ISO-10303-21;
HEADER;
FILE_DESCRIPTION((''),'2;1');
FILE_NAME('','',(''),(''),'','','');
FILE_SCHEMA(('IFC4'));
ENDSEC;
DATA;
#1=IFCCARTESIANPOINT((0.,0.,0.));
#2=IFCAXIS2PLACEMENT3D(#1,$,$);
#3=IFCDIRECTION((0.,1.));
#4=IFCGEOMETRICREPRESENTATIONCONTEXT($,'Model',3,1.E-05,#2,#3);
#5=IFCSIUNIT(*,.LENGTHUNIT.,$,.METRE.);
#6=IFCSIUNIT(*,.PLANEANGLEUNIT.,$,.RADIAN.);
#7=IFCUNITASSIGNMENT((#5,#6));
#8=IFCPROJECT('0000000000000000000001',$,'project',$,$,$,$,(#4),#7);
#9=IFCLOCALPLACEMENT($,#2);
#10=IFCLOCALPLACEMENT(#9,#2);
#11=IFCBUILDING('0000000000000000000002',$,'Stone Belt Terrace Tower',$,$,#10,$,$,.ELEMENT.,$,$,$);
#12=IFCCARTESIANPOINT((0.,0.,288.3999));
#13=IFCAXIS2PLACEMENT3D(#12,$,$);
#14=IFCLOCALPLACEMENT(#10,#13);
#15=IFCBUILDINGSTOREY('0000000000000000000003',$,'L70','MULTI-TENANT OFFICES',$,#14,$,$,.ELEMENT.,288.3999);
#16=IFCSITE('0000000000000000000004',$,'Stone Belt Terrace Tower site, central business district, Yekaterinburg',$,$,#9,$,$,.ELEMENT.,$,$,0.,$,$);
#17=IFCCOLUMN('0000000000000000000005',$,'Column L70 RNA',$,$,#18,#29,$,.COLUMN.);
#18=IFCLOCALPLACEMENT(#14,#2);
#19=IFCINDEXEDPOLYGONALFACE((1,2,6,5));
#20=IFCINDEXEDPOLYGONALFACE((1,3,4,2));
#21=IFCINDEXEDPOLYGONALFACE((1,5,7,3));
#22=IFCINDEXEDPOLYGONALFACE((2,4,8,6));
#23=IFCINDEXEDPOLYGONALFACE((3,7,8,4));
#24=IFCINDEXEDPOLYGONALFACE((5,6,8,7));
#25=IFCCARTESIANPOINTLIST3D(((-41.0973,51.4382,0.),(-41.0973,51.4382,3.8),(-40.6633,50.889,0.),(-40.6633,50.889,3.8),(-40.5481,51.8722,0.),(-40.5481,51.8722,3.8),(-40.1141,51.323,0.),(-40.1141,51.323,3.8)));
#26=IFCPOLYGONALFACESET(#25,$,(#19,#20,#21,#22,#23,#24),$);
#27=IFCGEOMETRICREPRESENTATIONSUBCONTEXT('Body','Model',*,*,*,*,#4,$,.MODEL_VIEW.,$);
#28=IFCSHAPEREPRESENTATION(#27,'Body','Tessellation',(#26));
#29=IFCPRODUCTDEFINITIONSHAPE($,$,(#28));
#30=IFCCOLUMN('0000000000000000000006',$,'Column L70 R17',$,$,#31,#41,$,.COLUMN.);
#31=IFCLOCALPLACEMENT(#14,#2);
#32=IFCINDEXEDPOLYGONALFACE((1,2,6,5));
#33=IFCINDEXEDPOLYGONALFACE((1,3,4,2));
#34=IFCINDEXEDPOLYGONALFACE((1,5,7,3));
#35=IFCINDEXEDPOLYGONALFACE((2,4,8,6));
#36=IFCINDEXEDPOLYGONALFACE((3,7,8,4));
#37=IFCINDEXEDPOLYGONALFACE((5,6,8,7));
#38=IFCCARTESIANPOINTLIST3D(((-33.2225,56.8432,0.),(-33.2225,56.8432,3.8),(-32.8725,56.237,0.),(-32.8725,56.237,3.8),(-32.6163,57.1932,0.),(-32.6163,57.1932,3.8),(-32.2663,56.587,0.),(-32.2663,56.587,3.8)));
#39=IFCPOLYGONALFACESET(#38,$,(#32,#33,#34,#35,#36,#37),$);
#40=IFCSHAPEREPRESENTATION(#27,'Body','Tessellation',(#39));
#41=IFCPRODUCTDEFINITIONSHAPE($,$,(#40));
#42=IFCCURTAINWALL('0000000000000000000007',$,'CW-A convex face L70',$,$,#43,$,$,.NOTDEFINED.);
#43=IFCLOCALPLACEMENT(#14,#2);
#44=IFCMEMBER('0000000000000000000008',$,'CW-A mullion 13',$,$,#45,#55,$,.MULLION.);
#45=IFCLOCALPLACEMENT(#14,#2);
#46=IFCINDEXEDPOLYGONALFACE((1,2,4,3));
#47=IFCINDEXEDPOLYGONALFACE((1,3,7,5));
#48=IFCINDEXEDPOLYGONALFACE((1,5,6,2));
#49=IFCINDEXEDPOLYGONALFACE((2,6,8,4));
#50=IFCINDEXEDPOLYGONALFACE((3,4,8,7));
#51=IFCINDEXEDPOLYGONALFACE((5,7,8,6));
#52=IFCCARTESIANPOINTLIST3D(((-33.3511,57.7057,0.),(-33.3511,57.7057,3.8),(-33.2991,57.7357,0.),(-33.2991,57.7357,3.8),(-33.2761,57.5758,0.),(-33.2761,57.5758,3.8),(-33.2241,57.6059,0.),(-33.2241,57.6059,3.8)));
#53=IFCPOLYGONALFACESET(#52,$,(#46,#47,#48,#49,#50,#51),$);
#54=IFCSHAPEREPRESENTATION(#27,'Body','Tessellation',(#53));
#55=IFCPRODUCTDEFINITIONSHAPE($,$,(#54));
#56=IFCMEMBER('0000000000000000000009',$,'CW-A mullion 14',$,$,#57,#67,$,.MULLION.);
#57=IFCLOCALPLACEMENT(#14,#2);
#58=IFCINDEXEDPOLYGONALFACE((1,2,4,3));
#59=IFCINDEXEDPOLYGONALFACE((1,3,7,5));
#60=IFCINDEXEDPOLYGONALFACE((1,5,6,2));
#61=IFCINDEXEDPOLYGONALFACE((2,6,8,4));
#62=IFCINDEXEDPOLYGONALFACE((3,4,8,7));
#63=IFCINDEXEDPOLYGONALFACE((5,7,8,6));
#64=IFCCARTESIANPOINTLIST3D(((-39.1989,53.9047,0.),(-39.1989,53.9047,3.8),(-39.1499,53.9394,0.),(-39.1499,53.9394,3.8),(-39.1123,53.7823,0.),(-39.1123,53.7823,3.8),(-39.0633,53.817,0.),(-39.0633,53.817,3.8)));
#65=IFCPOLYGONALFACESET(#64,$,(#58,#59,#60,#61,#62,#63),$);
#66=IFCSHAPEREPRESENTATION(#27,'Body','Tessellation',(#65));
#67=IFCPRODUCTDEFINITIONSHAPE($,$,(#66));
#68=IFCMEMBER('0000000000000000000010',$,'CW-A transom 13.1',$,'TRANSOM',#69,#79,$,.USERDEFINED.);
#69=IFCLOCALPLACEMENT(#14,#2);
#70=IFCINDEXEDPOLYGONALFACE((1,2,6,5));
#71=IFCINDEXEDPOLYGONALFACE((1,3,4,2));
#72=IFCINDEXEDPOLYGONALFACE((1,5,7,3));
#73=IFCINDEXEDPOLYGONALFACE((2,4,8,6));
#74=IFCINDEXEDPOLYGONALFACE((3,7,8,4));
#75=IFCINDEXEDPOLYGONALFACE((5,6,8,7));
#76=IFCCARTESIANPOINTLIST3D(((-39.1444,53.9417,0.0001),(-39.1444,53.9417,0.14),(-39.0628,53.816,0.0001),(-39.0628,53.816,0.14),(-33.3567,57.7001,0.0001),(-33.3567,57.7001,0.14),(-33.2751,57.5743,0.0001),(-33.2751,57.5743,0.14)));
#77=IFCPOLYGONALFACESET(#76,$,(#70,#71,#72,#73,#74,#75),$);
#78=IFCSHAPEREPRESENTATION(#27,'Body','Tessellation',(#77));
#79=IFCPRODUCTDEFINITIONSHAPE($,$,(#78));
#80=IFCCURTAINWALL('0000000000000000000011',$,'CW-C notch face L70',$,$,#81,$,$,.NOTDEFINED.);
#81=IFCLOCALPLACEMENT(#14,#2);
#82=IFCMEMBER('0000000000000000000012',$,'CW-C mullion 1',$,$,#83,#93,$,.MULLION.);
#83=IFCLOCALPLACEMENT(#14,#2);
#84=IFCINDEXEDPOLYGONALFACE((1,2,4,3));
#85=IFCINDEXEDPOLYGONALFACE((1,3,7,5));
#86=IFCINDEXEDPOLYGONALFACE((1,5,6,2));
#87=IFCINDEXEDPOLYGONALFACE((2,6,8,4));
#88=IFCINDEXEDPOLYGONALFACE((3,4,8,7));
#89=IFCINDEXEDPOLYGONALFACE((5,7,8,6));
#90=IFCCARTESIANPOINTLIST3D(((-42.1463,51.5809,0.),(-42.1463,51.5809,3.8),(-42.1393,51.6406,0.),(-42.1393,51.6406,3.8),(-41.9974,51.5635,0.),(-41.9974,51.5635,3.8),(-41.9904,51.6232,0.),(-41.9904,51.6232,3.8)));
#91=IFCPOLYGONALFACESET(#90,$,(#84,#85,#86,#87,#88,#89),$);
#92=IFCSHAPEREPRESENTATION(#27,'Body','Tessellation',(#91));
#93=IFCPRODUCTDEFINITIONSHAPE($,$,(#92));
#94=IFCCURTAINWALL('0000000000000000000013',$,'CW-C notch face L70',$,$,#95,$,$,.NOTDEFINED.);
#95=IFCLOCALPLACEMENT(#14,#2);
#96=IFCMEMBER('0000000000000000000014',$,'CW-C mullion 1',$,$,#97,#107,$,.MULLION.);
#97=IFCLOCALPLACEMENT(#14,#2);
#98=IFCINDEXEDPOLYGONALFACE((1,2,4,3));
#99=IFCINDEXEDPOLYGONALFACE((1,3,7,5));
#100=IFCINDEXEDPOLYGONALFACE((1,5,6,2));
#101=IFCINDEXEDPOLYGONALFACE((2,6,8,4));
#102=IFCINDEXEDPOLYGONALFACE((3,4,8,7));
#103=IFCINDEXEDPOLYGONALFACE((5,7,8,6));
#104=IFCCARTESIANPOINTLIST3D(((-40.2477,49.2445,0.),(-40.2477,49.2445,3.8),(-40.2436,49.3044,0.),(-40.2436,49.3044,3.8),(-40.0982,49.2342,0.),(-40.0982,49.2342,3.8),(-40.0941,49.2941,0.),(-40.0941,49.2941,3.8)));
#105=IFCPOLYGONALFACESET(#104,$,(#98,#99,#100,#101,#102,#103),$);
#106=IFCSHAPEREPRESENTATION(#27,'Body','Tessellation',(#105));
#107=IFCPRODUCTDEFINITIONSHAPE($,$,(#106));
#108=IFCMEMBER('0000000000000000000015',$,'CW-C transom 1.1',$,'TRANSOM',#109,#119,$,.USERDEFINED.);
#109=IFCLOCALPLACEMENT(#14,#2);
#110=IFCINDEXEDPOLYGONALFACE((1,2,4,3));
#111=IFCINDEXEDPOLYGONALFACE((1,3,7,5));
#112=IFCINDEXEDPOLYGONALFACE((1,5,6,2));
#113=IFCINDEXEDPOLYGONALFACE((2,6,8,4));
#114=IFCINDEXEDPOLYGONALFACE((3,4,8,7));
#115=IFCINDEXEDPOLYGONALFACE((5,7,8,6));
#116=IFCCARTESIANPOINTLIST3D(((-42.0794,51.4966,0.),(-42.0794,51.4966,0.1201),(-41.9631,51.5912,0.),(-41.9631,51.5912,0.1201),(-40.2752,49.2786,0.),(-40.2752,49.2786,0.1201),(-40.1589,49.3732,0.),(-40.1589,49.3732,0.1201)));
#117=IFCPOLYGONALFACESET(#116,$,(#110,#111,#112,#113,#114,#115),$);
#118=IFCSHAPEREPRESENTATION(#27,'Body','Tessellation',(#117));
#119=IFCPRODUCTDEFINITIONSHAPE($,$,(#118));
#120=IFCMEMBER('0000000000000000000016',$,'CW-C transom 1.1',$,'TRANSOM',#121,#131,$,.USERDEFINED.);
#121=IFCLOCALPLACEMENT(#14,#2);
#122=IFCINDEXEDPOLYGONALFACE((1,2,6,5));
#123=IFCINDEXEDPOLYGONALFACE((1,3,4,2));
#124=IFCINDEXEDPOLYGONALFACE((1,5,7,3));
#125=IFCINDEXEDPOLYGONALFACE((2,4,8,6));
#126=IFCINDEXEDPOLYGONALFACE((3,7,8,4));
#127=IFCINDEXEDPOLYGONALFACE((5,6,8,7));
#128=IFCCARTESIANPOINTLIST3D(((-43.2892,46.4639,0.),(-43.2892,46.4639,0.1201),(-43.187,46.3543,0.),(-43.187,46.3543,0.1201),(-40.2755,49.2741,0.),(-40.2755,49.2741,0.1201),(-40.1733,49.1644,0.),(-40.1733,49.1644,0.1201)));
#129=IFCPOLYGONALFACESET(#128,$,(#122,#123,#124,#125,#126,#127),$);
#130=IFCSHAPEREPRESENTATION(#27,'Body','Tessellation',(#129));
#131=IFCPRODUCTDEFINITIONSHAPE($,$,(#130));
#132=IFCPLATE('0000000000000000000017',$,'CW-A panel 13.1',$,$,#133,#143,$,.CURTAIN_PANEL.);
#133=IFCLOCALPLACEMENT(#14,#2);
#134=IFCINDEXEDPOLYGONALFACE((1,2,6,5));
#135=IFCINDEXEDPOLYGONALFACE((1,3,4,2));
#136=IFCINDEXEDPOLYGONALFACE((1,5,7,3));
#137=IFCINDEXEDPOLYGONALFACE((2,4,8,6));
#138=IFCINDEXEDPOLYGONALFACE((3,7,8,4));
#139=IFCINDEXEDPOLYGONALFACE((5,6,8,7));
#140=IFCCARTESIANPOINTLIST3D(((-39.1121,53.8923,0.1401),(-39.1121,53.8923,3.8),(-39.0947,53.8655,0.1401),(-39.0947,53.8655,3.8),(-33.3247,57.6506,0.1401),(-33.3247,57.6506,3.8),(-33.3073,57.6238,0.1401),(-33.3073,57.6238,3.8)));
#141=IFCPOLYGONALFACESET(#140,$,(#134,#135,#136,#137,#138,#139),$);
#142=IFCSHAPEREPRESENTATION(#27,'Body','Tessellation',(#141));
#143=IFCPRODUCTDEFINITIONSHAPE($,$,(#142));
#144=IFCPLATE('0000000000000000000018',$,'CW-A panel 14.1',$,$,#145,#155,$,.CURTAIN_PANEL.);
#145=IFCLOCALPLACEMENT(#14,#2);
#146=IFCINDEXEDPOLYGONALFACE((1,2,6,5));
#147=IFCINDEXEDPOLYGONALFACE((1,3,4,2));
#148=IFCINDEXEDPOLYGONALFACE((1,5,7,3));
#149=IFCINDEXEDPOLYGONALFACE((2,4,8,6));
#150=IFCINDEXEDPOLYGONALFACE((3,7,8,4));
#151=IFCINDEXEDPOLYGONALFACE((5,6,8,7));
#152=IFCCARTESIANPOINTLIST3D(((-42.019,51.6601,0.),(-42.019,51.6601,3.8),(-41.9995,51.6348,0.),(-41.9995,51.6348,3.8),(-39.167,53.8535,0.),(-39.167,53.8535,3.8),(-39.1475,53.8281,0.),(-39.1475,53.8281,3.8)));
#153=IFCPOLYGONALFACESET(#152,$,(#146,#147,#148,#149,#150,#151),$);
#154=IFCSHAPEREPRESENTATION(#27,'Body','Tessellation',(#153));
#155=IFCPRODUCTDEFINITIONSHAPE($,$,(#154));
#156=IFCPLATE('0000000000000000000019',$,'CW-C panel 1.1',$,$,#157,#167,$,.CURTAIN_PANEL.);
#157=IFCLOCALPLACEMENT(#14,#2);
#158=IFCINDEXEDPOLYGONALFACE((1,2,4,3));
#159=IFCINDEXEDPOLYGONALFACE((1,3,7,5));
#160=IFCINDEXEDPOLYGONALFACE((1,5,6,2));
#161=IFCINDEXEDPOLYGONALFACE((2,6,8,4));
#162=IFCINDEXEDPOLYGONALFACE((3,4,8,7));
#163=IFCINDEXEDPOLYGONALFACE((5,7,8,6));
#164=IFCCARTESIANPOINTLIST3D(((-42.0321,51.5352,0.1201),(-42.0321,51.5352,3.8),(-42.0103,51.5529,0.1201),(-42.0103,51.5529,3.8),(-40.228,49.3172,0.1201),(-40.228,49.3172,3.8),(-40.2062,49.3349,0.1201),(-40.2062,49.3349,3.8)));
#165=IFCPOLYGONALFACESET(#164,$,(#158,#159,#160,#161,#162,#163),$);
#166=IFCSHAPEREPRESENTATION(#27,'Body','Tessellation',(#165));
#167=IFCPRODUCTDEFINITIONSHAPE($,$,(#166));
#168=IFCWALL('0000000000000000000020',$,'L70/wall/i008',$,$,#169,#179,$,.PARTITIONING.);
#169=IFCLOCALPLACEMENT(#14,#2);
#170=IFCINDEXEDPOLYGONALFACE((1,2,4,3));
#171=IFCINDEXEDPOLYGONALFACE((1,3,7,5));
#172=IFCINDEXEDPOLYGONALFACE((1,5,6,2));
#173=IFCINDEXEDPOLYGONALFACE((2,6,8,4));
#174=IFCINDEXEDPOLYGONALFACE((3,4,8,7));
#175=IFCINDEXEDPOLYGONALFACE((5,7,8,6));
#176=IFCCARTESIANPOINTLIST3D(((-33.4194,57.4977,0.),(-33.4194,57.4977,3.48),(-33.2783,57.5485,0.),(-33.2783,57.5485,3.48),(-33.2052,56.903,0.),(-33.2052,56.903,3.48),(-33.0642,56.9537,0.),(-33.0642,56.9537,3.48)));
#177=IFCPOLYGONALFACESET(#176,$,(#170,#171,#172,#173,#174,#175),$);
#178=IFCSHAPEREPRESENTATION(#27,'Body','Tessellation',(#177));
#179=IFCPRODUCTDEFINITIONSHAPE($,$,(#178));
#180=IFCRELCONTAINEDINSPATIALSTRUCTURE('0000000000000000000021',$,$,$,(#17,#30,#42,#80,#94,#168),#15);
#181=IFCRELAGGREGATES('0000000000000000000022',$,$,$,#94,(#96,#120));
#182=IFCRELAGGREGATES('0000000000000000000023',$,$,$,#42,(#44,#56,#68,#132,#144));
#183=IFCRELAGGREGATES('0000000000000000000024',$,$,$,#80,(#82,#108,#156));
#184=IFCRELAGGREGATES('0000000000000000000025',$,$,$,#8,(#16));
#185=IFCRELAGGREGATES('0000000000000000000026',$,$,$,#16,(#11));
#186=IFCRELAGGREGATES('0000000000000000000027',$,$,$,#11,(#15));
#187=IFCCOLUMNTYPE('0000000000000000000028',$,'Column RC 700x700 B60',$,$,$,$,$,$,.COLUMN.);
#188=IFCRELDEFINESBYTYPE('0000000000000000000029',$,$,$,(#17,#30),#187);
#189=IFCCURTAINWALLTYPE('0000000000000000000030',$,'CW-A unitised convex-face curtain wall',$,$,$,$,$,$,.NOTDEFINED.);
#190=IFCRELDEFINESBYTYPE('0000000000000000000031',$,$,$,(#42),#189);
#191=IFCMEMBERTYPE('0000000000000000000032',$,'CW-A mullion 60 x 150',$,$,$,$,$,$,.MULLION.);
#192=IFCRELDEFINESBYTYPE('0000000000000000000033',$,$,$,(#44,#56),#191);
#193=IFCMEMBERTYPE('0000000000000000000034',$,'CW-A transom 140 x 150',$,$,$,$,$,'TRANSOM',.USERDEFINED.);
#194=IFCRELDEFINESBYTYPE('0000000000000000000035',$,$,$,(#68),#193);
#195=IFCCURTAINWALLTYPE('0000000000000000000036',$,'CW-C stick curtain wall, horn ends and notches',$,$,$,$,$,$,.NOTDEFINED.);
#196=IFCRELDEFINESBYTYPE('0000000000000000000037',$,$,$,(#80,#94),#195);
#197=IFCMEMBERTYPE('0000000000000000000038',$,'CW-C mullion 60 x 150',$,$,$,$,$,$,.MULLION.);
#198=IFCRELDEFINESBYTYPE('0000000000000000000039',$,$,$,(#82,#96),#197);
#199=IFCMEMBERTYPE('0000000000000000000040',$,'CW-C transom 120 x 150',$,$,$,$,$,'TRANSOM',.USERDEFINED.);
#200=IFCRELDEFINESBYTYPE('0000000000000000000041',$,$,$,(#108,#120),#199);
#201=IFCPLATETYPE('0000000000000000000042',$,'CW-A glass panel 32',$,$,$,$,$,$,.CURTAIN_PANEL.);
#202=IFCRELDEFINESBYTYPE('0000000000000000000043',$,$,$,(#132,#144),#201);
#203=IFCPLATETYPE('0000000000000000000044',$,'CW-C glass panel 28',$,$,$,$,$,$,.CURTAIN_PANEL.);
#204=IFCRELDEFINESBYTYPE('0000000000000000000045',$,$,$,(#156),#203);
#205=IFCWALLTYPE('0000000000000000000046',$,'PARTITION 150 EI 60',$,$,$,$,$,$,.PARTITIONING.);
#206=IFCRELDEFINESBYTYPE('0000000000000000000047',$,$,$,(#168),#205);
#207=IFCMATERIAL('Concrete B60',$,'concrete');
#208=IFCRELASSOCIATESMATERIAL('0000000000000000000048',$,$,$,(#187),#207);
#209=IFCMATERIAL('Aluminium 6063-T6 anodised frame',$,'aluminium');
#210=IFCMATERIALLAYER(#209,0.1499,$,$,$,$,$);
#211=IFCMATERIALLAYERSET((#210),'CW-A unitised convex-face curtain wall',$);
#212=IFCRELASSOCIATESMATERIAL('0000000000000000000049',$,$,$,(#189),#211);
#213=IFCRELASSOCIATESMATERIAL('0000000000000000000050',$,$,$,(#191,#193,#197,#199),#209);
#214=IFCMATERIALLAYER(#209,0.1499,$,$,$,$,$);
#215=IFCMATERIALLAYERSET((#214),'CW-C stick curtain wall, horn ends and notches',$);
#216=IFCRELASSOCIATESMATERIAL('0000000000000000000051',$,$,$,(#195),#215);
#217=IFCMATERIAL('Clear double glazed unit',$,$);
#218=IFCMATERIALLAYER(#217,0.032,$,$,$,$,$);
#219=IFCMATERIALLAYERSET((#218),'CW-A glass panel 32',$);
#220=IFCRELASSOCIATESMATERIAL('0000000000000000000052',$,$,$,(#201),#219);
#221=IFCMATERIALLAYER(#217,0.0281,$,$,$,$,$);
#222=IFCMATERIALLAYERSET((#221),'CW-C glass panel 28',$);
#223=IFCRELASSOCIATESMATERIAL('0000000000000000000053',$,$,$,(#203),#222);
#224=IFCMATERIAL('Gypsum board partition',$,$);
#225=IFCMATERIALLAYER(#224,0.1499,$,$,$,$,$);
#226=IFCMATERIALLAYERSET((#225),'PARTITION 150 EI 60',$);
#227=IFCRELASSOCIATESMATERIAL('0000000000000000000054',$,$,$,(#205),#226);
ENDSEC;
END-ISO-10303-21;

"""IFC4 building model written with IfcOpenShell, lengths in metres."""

from ifc_helpers import new_model, si_unit, direction, frame, frame_2d, origin, origin_2d, place, context, subcontext, project, spatial, rectangle, extrude, material, layer, layer_set, material_profile, profile_set, type_object, element, aggregate, save


model = new_model("IFC4")

# Units and contexts
model_context = context("Model", 3, precision=1e-05, world=origin(), true_north=direction((0.0, 1.0)))
body_context = subcontext(model_context, "Body", "Model", "MODEL_VIEW")
ifc_project = project(units=[si_unit("LENGTHUNIT", "METRE"), si_unit("PLANEANGLEUNIT", "RADIAN")], contexts=[model_context])

# Site, building, storey
site_placement = place(None, origin())
site = spatial("IfcSite", under=ifc_project, at=site_placement, Name="Stone Belt Terrace Tower site, central business district, Yekaterinburg", CompositionType="ELEMENT", RefElevation=0.0)
building_placement = place(site_placement, origin())
building = spatial("IfcBuilding", under=site, at=building_placement, Name="Stone Belt Terrace Tower", CompositionType="ELEMENT")
storey_placement = place(building_placement, frame((0.0, 0.0, 288.3999)))
storey = spatial("IfcBuildingStorey", under=building, at=storey_placement, Name="L70", Description="MULTI-TENANT OFFICES", CompositionType="ELEMENT", Elevation=288.3999)

# Columns
ifc_material_1 = material(Name="Concrete B60", Category="concrete")
ifc_material_profile_1 = material_profile(ifc_material_1, rectangle(XDim=0.7, YDim=0.7, at=origin_2d()), Name="RC 700x700")
ifc_profile_set_1 = profile_set([ifc_material_profile_1], Name="Concrete B60")
column_type = type_object("IfcColumnType", Name="Column RC 700x700 B60", PredefinedType="COLUMN", material=ifc_profile_set_1)
for number, where, z_axis, x_axis, name in (
    (1, (-40.6057, 51.3806, 0.0), (0.0, 0.0, 1.0), (0.78457, 0.620041, 0.0), "Column L70 RNA"),
    (2, (-32.7444, 56.7151, 0.0), (0.0, 0.0, 1.0), (0.866025, 0.5, 0.0), "Column L70 R17"),
):
    element("IfcColumn", number, at=place(storey_placement, frame(where, z_axis=z_axis, x_axis=x_axis)), inside=storey, type_object=column_type, Name=name, PredefinedType="COLUMN", context=body_context, shape_type="SweptSolid", body=[
        extrude(rectangle(XDim=0.7, YDim=0.7, at=origin_2d()), origin(), (0.0, 0.0, 1.0), 3.8),
    ])

# Curtain wall, members
ifc_material_2 = material(Name="Aluminium 6063-T6 anodised frame", Category="aluminium")
ifc_layer_1 = layer(ifc_material_2, 0.1499)
ifc_layer_set_1 = layer_set([ifc_layer_1], Name="CW-A unitised convex-face curtain wall")
curtain_wall_type_1 = type_object("IfcCurtainWallType", Name="CW-A unitised convex-face curtain wall", PredefinedType="NOTDEFINED", material=ifc_layer_set_1)
curtain_wall_1_placement = place(storey_placement, origin())
curtain_wall_1 = element("IfcCurtainWall", 3, at=curtain_wall_1_placement, inside=storey, type_object=curtain_wall_type_1, Name="CW-A convex face L70", PredefinedType="NOTDEFINED")
ifc_material_profile_2 = material_profile(ifc_material_2, rectangle(XDim=0.1499, YDim=0.0601, at=origin_2d()), Name="Aluminium 6063-T6 60x150")
ifc_profile_set_2 = profile_set([ifc_material_profile_2], Name="Aluminium 6063-T6 anodised frame")
member_type_1 = type_object("IfcMemberType", Name="CW-A mullion 60 x 150", PredefinedType="MULLION", material=ifc_profile_set_2)
member_1_placement = place(storey_placement, frame((-33.2876, 57.6558, 0.0), z_axis=(0.0, 0.0, 1.0), x_axis=(0.5, -0.866025, 0.0)))
member_1 = element("IfcMember", 4, at=member_1_placement, type_object=member_type_1, Name="CW-A mullion 13", PredefinedType="MULLION", context=body_context, shape_type="SweptSolid", body=[
    extrude(rectangle(XDim=0.1499, YDim=0.0601, at=origin_2d()), origin(), (0.0, 0.0, 1.0), 3.8),
])
member_2_placement = place(storey_placement, frame((-39.1311, 53.8608, 0.0), z_axis=(0.0, 0.0, 1.0), x_axis=(0.577587, -0.816329, 0.0)))
member_2 = element("IfcMember", 5, at=member_2_placement, type_object=member_type_1, Name="CW-A mullion 14", PredefinedType="MULLION", context=body_context, shape_type="SweptSolid", body=[
    extrude(rectangle(XDim=0.1499, YDim=0.0601, at=origin_2d()), origin(), (0.0, 0.0, 1.0), 3.8),
])
ifc_material_profile_3 = material_profile(ifc_material_2, rectangle(XDim=0.1499, YDim=0.1399, at=origin_2d()), Name="Aluminium 6063-T6 150x140")
ifc_profile_set_3 = profile_set([ifc_material_profile_3], Name="Aluminium 6063-T6 anodised frame")
member_type_2 = type_object("IfcMemberType", Name="CW-A transom 140 x 150", ElementType="TRANSOM", PredefinedType="USERDEFINED", material=ifc_profile_set_3)
member_3_placement = place(storey_placement, frame((-33.3159, 57.6372, 0.0701), z_axis=(-0.838684, -0.544618, 0.0), x_axis=(0.544618, -0.838684, 0.0)))
member_3 = element("IfcMember", 6, at=member_3_placement, type_object=member_type_2, Name="CW-A transom 13.1", ObjectType="TRANSOM", PredefinedType="USERDEFINED", context=body_context, shape_type="SweptSolid", body=[
    extrude(rectangle(XDim=0.1499, YDim=0.1399, at=origin_2d()), origin(), (0.0, 0.0, 1.0), 6.9009),
])

# Curtain walls, members
ifc_layer_2 = layer(ifc_material_2, 0.1499)
ifc_layer_set_2 = layer_set([ifc_layer_2], Name="CW-C stick curtain wall, horn ends and notches")
curtain_wall_type_2 = type_object("IfcCurtainWallType", Name="CW-C stick curtain wall, horn ends and notches", PredefinedType="NOTDEFINED", material=ifc_layer_set_2)
curtain_wall_2_placement = place(storey_placement, origin())
curtain_wall_2 = element("IfcCurtainWall", 7, at=curtain_wall_2_placement, inside=storey, type_object=curtain_wall_type_2, Name="CW-C notch face L70", PredefinedType="NOTDEFINED")
ifc_material_profile_4 = material_profile(ifc_material_2, rectangle(XDim=0.1499, YDim=0.0601, at=origin_2d()), Name="Aluminium 6063-T6 60x150")
ifc_profile_set_4 = profile_set([ifc_material_profile_4], Name="Aluminium 6063-T6 anodised frame")
member_type_3 = type_object("IfcMemberType", Name="CW-C mullion 60 x 150", PredefinedType="MULLION", material=ifc_profile_set_4)
member_4_placement = place(storey_placement, frame((-42.0684, 51.6021, 0.0), z_axis=(0.0, 0.0, 1.0), x_axis=(0.993258, -0.115925, 0.0)))
member_4 = element("IfcMember", 8, at=member_4_placement, type_object=member_type_3, Name="CW-C mullion 1", PredefinedType="MULLION", context=body_context, shape_type="SweptSolid", body=[
    extrude(rectangle(XDim=0.1499, YDim=0.0601, at=origin_2d()), origin(), (0.0, 0.0, 1.0), 3.8),
])
curtain_wall_3_placement = place(storey_placement, origin())
curtain_wall_3 = element("IfcCurtainWall", 9, at=curtain_wall_3_placement, inside=storey, type_object=curtain_wall_type_2, Name="CW-C notch face L70", PredefinedType="NOTDEFINED")
member_5_placement = place(storey_placement, frame((-40.1709, 49.2693, 0.0), z_axis=(0.0, 0.0, 1.0), x_axis=(0.99764, -0.068666, 0.0)))
member_5 = element("IfcMember", 10, at=member_5_placement, type_object=member_type_3, Name="CW-C mullion 1", PredefinedType="MULLION", context=body_context, shape_type="SweptSolid", body=[
    extrude(rectangle(XDim=0.1499, YDim=0.0601, at=origin_2d()), origin(), (0.0, 0.0, 1.0), 3.8),
])

# Members
ifc_material_profile_5 = material_profile(ifc_material_2, rectangle(XDim=0.1499, YDim=0.1201, at=origin_2d()), Name="Aluminium 6063-T6 150x120")
ifc_profile_set_5 = profile_set([ifc_material_profile_5], Name="Aluminium 6063-T6 anodised frame")
member_type_4 = type_object("IfcMemberType", Name="CW-C transom 120 x 150", ElementType="TRANSOM", PredefinedType="USERDEFINED", material=ifc_profile_set_5)
member_6_placement = place(storey_placement, frame((-42.0212, 51.5439, 0.0601), z_axis=(0.631027, -0.775761, 0.0), x_axis=(0.775761, 0.631027, 0.0)))
member_6 = element("IfcMember", 11, at=member_6_placement, type_object=member_type_4, Name="CW-C transom 1.1", ObjectType="TRANSOM", PredefinedType="USERDEFINED", context=body_context, shape_type="SweptSolid", body=[
    extrude(rectangle(XDim=0.1499, YDim=0.1201, at=origin_2d()), origin(), (0.0, 0.0, 1.0), 2.8591),
])
member_7_placement = place(storey_placement, frame((-40.2244, 49.2192, 0.0601), z_axis=(-0.731382, -0.681968, 0.0), x_axis=(0.681968, -0.731382, 0.0)))
member_7 = element("IfcMember", 12, at=member_7_placement, type_object=member_type_4, Name="CW-C transom 1.1", ObjectType="TRANSOM", PredefinedType="USERDEFINED", context=body_context, shape_type="SweptSolid", body=[
    extrude(rectangle(XDim=0.1499, YDim=0.1201, at=origin_2d()), origin(), (0.0, 0.0, 1.0), 4.1206),
])
aggregate(curtain_wall_3, [member_5, member_7])

# Plates
ifc_material_3 = material(Name="Clear double glazed unit")
ifc_layer_3 = layer(ifc_material_3, 0.032)
ifc_layer_set_3 = layer_set([ifc_layer_3], Name="CW-A glass panel 32")
plate_type_1 = type_object("IfcPlateType", Name="CW-A glass panel 32", PredefinedType="CURTAIN_PANEL", material=ifc_layer_set_3)
plate_1_placement = place(storey_placement, frame((-36.2097, 55.7581, 0.1401), z_axis=(0.0, 0.0, 1.0), x_axis=(-0.838671, -0.544639, 0.0)))
plate_1 = element("IfcPlate", 13, at=plate_1_placement, type_object=plate_type_1, Name="CW-A panel 13.1", PredefinedType="CURTAIN_PANEL", context=body_context, shape_type="SweptSolid", body=[
    extrude(rectangle(XDim=6.9006, YDim=0.032, at=origin_2d()), origin(), (0.0, 0.0, 1.0), 3.6599),
])
plate_2_placement = place(storey_placement, frame((-40.5833, 52.7441, 0.0), z_axis=(0.0, 0.0, 1.0), x_axis=(-0.792694, -0.60962, 0.0)))
plate_2 = element("IfcPlate", 14, at=plate_2_placement, type_object=plate_type_1, Name="CW-A panel 14.1", PredefinedType="CURTAIN_PANEL", context=body_context, shape_type="SweptSolid", body=[
    extrude(rectangle(XDim=3.5979, YDim=0.032, at=origin_2d()), origin(), (0.0, 0.0, 1.0), 3.8),
])
aggregate(curtain_wall_1, [member_1, member_2, member_3, plate_1, plate_2])
ifc_layer_4 = layer(ifc_material_3, 0.0281)
ifc_layer_set_4 = layer_set([ifc_layer_4], Name="CW-C glass panel 28")
plate_type_2 = type_object("IfcPlateType", Name="CW-C glass panel 28", PredefinedType="CURTAIN_PANEL", material=ifc_layer_set_4)
plate_3_placement = place(storey_placement, frame((-41.1191, 50.4351, 0.1201), z_axis=(0.0, 0.0, 1.0), x_axis=(0.631001, -0.775782, 0.0)))
plate_3 = element("IfcPlate", 15, at=plate_3_placement, type_object=plate_type_2, Name="CW-C panel 1.1", PredefinedType="CURTAIN_PANEL", context=body_context, shape_type="SweptSolid", body=[
    extrude(rectangle(XDim=2.8591, YDim=0.0281, at=origin_2d()), origin(), (0.0, 0.0, 1.0), 3.6799),
])
aggregate(curtain_wall_2, [member_4, member_6, plate_3])

# Wall
ifc_material_4 = material(Name="Gypsum board partition")
ifc_layer_5 = layer(ifc_material_4, 0.1499)
ifc_layer_set_5 = layer_set([ifc_layer_5], Name="PARTITION 150 EI 60")
wall_type = type_object("IfcWallType", Name="PARTITION 150 EI 60", PredefinedType="PARTITIONING", material=ifc_layer_set_5)
wall_1_placement = place(storey_placement, frame((-33.1348, 56.9285, 0.0), z_axis=(0.0, 0.0, 1.0), x_axis=(-0.338733, 0.940882, 0.0)))
element("IfcWall", 16, at=wall_1_placement, inside=storey, type_object=wall_type, Name="L70/wall/i008", PredefinedType="PARTITIONING", context=body_context, shape_type="SweptSolid", body=[
    extrude(rectangle(XDim=0.6321, YDim=0.1499, at=frame_2d((0.3159, 0.0))), origin(), (0.0, 0.0, 1.0), 3.48),
])

save(model, "model.ifc")
